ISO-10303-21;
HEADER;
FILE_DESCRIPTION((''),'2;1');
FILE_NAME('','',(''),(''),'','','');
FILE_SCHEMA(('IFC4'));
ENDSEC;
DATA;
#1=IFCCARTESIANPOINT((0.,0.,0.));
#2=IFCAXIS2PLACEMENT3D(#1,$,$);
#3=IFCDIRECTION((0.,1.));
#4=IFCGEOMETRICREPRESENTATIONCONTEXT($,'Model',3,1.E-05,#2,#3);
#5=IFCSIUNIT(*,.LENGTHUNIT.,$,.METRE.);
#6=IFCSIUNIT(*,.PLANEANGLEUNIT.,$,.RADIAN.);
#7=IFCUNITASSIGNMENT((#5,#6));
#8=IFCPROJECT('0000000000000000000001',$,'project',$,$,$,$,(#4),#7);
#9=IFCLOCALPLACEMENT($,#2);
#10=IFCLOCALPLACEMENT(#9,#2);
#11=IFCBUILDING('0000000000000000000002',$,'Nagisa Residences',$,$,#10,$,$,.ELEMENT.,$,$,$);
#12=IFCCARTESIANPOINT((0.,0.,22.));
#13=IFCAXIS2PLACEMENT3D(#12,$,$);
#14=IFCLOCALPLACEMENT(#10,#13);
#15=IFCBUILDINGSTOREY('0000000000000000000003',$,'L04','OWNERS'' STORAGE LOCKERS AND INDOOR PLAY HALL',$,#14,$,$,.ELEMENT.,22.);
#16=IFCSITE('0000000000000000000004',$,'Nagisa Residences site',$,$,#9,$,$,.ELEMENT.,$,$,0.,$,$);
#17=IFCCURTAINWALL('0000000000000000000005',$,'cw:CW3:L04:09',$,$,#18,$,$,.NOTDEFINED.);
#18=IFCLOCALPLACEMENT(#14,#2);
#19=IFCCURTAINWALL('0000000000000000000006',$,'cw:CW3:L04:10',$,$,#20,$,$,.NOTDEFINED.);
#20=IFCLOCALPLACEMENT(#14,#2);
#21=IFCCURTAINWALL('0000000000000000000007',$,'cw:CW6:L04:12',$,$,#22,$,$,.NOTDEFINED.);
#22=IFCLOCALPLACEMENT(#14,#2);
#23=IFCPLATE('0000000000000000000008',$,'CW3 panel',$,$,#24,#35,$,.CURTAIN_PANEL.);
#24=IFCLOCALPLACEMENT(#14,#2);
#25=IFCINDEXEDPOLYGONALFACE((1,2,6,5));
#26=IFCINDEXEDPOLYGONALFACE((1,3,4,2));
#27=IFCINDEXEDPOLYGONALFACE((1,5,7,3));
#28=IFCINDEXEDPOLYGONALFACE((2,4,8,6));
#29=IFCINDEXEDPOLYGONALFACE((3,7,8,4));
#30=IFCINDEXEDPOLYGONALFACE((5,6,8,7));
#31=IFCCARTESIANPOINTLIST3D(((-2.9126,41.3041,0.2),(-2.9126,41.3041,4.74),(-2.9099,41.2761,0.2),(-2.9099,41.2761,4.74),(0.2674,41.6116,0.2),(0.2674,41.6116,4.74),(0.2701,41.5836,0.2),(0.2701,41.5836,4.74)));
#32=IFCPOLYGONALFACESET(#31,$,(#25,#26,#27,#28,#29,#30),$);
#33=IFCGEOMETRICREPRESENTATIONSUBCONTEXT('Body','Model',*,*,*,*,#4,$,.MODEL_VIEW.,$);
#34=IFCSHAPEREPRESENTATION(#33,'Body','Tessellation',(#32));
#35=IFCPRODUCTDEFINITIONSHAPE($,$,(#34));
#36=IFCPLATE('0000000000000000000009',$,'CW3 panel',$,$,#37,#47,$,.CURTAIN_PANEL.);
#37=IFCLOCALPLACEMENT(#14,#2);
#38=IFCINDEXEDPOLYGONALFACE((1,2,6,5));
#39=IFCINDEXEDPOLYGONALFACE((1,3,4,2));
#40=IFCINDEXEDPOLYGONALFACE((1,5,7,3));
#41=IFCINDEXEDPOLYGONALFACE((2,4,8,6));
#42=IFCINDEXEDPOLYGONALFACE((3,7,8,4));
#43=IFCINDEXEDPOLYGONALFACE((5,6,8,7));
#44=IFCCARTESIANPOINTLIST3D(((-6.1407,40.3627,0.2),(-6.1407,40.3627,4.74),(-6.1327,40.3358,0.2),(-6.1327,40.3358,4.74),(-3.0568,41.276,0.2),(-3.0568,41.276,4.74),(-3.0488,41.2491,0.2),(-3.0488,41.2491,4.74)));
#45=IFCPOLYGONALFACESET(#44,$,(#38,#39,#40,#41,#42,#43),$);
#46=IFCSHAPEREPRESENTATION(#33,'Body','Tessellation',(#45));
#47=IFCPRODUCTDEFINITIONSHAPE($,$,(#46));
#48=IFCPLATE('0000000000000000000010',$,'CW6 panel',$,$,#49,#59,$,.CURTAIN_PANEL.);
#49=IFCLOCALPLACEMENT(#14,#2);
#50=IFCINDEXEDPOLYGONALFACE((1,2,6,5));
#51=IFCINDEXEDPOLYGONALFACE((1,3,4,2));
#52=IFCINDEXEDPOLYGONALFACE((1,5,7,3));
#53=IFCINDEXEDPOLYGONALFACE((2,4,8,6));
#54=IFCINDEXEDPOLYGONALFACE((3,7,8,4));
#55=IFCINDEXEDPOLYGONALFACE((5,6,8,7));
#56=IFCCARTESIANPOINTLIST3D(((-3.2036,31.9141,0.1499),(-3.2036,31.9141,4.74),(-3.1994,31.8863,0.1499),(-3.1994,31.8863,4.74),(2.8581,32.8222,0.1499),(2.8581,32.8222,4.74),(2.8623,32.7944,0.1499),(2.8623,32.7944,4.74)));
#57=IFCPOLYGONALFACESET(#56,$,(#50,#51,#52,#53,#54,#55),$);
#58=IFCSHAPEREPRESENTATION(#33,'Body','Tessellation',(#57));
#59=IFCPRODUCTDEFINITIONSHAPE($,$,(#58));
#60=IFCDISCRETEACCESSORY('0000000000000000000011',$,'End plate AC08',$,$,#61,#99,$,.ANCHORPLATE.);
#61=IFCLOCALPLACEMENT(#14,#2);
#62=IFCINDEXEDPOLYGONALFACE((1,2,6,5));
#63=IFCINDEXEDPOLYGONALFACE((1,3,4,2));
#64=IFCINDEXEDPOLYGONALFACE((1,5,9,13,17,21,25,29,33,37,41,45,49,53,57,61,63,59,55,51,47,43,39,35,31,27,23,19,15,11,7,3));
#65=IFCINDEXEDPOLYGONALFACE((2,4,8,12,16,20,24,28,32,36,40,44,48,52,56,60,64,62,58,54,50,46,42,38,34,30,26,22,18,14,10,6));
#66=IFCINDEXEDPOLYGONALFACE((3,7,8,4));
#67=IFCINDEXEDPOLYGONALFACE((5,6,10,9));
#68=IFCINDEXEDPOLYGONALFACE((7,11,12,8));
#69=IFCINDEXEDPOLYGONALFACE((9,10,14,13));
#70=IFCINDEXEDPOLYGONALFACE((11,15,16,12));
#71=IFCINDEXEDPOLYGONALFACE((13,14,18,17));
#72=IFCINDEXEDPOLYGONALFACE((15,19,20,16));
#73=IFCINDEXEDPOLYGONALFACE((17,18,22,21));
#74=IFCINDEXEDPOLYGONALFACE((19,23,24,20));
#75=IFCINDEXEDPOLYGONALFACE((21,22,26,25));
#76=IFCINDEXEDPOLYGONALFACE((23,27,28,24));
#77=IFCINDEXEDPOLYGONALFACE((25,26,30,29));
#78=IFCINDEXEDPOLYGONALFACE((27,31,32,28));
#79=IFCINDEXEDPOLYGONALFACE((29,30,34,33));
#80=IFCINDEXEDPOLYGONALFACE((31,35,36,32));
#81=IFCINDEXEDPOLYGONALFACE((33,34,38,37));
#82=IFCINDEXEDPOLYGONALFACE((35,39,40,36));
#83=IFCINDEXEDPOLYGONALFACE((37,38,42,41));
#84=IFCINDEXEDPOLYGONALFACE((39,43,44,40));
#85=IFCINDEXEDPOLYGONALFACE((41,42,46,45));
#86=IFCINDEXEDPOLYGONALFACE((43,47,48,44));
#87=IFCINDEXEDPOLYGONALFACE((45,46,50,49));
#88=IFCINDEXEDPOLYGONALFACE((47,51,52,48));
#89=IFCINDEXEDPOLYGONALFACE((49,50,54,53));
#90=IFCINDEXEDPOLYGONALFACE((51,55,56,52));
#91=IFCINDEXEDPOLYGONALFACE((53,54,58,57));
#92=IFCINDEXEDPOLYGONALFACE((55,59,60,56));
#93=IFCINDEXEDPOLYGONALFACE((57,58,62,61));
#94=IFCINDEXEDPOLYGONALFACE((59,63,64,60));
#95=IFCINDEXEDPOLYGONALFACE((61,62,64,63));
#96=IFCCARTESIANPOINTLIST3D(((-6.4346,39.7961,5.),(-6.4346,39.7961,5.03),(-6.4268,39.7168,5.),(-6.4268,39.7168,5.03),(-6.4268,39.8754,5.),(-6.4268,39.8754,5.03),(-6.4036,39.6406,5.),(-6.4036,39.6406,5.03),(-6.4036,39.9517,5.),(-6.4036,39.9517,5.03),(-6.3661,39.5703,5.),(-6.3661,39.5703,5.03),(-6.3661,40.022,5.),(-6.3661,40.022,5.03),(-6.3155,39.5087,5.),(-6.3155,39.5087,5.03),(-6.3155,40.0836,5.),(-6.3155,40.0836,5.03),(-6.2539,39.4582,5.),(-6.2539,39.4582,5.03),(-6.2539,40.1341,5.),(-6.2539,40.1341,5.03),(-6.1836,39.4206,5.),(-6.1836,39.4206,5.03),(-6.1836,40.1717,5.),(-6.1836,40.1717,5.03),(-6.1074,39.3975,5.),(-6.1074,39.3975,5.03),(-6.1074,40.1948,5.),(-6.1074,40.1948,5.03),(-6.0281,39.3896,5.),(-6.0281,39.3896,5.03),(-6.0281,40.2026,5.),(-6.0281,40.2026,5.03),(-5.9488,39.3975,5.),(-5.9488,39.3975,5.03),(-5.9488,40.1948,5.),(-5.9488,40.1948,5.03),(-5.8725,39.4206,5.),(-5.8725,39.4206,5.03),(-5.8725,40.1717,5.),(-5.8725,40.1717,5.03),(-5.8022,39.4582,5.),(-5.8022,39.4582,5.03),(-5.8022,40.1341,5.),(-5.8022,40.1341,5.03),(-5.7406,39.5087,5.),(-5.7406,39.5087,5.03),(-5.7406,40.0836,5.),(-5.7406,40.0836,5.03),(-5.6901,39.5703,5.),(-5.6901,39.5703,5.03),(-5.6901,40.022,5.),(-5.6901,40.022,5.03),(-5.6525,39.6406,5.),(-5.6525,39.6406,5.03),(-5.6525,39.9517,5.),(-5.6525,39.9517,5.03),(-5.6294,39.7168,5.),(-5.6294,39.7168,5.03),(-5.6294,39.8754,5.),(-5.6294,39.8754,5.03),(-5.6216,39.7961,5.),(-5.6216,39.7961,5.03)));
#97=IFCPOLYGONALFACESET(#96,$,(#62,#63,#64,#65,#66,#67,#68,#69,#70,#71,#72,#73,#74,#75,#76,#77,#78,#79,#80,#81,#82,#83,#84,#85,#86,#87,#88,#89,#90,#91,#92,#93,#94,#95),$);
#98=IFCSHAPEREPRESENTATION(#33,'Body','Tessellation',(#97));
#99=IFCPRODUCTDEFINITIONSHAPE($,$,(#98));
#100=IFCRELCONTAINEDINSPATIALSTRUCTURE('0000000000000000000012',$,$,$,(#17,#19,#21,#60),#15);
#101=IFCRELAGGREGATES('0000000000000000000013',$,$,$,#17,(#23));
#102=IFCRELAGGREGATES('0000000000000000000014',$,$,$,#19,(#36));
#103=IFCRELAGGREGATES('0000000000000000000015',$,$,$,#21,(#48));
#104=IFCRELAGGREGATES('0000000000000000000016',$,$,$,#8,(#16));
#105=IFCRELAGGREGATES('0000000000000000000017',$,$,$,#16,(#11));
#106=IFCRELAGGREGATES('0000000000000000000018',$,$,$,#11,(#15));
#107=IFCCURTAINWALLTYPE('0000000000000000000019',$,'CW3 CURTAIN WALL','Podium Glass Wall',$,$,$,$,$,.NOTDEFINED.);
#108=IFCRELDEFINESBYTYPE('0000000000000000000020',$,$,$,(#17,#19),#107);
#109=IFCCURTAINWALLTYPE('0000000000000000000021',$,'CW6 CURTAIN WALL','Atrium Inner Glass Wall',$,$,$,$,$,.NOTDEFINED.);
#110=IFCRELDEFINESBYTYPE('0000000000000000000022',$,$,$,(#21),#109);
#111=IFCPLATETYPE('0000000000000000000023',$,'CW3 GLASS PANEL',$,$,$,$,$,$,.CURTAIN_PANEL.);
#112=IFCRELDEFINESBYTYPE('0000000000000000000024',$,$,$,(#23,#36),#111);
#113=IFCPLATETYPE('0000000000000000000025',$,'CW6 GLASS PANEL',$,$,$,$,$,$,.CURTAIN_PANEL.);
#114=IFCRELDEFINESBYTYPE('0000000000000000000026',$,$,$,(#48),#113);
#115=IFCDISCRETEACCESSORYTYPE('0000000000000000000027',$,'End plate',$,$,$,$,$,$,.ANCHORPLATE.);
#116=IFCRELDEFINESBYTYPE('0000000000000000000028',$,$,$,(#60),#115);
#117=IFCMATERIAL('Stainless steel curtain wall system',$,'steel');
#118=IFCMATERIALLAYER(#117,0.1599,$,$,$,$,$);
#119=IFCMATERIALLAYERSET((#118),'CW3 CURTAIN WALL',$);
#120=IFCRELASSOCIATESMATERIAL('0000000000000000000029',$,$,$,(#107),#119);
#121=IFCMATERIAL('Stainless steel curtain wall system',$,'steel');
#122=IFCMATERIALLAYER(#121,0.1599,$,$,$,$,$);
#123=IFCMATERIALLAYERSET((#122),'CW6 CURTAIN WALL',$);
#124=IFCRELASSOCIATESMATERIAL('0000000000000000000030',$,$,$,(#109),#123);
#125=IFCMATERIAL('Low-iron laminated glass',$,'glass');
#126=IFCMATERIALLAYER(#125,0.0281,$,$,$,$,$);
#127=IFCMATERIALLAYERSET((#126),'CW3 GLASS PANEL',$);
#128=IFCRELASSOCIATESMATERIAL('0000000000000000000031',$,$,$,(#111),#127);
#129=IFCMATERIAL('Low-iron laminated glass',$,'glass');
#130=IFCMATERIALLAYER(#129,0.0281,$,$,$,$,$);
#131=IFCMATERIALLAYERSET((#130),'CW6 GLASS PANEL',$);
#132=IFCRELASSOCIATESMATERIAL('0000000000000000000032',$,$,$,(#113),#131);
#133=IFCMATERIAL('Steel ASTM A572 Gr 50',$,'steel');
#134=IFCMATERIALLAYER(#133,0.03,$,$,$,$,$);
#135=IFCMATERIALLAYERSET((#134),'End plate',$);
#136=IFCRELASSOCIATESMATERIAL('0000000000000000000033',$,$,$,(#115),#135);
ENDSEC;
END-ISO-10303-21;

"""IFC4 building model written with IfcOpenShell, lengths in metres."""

from ifc_helpers import new_model, si_unit, direction, frame, origin, origin_2d, place, context, subcontext, project, spatial, rectangle, circle, extrude, material, layer, layer_set, type_object, element, aggregate, save


model = new_model("IFC4")

# Units and contexts
model_context = context("Model", 3, precision=1e-05, world=origin(), true_north=direction((0.0, 1.0)))
body_context = subcontext(model_context, "Body", "Model", "MODEL_VIEW")
ifc_project = project(units=[si_unit("LENGTHUNIT", "METRE"), si_unit("PLANEANGLEUNIT", "RADIAN")], contexts=[model_context])

# Site, building, storey
site_placement = place(None, origin())
site = spatial("IfcSite", under=ifc_project, at=site_placement, Name="Nagisa Residences site", CompositionType="ELEMENT", RefElevation=0.0)
building_placement = place(site_placement, origin())
building = spatial("IfcBuilding", under=site, at=building_placement, Name="Nagisa Residences", CompositionType="ELEMENT")
storey_placement = place(building_placement, frame((0.0, 0.0, 22.0)))
storey = spatial("IfcBuildingStorey", under=building, at=storey_placement, Name="L04", Description="OWNERS' STORAGE LOCKERS AND INDOOR PLAY HALL", CompositionType="ELEMENT", Elevation=22.0)

# Curtain walls
ifc_material_1 = material(Name="Stainless steel curtain wall system", Category="steel")
ifc_layer_1 = layer(ifc_material_1, 0.1599)
ifc_layer_set_1 = layer_set([ifc_layer_1], Name="CW3 CURTAIN WALL")
curtain_wall_type_1 = type_object("IfcCurtainWallType", Name="CW3 CURTAIN WALL", Description="Podium Glass Wall", PredefinedType="NOTDEFINED", material=ifc_layer_set_1)
curtain_wall_1_placement = place(storey_placement, origin())
curtain_wall_1 = element("IfcCurtainWall", 1, at=curtain_wall_1_placement, inside=storey, type_object=curtain_wall_type_1, Name="cw:CW3:L04:09", PredefinedType="NOTDEFINED")
curtain_wall_2_placement = place(storey_placement, origin())
curtain_wall_2 = element("IfcCurtainWall", 2, at=curtain_wall_2_placement, inside=storey, type_object=curtain_wall_type_1, Name="cw:CW3:L04:10", PredefinedType="NOTDEFINED")

# Curtain wall
ifc_material_2 = material(Name="Stainless steel curtain wall system", Category="steel")
ifc_layer_2 = layer(ifc_material_2, 0.1599)
ifc_layer_set_2 = layer_set([ifc_layer_2], Name="CW6 CURTAIN WALL")
curtain_wall_type_2 = type_object("IfcCurtainWallType", Name="CW6 CURTAIN WALL", Description="Atrium Inner Glass Wall", PredefinedType="NOTDEFINED", material=ifc_layer_set_2)
curtain_wall_3_placement = place(storey_placement, origin())
curtain_wall_3 = element("IfcCurtainWall", 3, at=curtain_wall_3_placement, inside=storey, type_object=curtain_wall_type_2, Name="cw:CW6:L04:12", PredefinedType="NOTDEFINED")

# Plates
ifc_material_3 = material(Name="Low-iron laminated glass", Category="glass")
ifc_layer_3 = layer(ifc_material_3, 0.0281)
ifc_layer_set_3 = layer_set([ifc_layer_3], Name="CW3 GLASS PANEL")
plate_type_1 = type_object("IfcPlateType", Name="CW3 GLASS PANEL", PredefinedType="CURTAIN_PANEL", material=ifc_layer_set_3)
plate_1_placement = place(storey_placement, frame((-1.3213, 41.4438, 0.2), z_axis=(0.0, 0.0, 1.0), x_axis=(-0.995357, -0.096249, 0.0)))
plate_1 = element("IfcPlate", 4, at=plate_1_placement, type_object=plate_type_1, Name="CW3 panel", PredefinedType="CURTAIN_PANEL", context=body_context, shape_type="SweptSolid", body=[
    extrude(rectangle(XDim=3.1948, YDim=0.0281, at=origin_2d()), origin(), (0.0, 0.0, 1.0), 4.54),
])
aggregate(curtain_wall_1, [plate_1])
plate_2_placement = place(storey_placement, frame((-4.5947, 40.8059, 0.2), z_axis=(0.0, 0.0, 1.0), x_axis=(-0.958835, -0.283963, 0.0)))
plate_2 = element("IfcPlate", 5, at=plate_2_placement, type_object=plate_type_1, Name="CW3 panel", PredefinedType="CURTAIN_PANEL", context=body_context, shape_type="SweptSolid", body=[
    extrude(rectangle(XDim=3.2163, YDim=0.0281, at=origin_2d()), origin(), (0.0, 0.0, 1.0), 4.54),
])
aggregate(curtain_wall_2, [plate_2])
ifc_material_4 = material(Name="Low-iron laminated glass", Category="glass")
ifc_layer_4 = layer(ifc_material_4, 0.0281)
ifc_layer_set_4 = layer_set([ifc_layer_4], Name="CW6 GLASS PANEL")
plate_type_2 = type_object("IfcPlateType", Name="CW6 GLASS PANEL", PredefinedType="CURTAIN_PANEL", material=ifc_layer_set_4)
plate_3_placement = place(storey_placement, frame((-0.1707, 32.3542, 0.1499), z_axis=(0.0, 0.0, 1.0), x_axis=(-0.988964, -0.148158, 0.0)))
plate_3 = element("IfcPlate", 6, at=plate_3_placement, type_object=plate_type_2, Name="CW6 panel", PredefinedType="CURTAIN_PANEL", context=body_context, shape_type="SweptSolid", body=[
    extrude(rectangle(XDim=6.1294, YDim=0.0281, at=origin_2d()), origin(), (0.0, 0.0, 1.0), 4.5901),
])
aggregate(curtain_wall_3, [plate_3])

# Discrete accessory
ifc_material_5 = material(Name="Steel ASTM A572 Gr 50", Category="steel")
ifc_layer_5 = layer(ifc_material_5, 0.03)
ifc_layer_set_5 = layer_set([ifc_layer_5], Name="End plate")
discrete_accessory_type = type_object("IfcDiscreteAccessoryType", Name="End plate", PredefinedType="ANCHORPLATE", material=ifc_layer_set_5)
discrete_accessory_placement = place(storey_placement, frame((-6.0281, 39.7961, 5.0), z_axis=(0.0, 0.0, 1.0), x_axis=(1.0, 0.0, 0.0)))
element("IfcDiscreteAccessory", 7, at=discrete_accessory_placement, inside=storey, type_object=discrete_accessory_type, Name="End plate AC08", PredefinedType="ANCHORPLATE", context=body_context, shape_type="SweptSolid", body=[
    extrude(circle(Radius=0.4065, at=origin_2d()), origin(), (0.0, 0.0, 1.0), 0.03),
])

save(model, "model.ifc")
